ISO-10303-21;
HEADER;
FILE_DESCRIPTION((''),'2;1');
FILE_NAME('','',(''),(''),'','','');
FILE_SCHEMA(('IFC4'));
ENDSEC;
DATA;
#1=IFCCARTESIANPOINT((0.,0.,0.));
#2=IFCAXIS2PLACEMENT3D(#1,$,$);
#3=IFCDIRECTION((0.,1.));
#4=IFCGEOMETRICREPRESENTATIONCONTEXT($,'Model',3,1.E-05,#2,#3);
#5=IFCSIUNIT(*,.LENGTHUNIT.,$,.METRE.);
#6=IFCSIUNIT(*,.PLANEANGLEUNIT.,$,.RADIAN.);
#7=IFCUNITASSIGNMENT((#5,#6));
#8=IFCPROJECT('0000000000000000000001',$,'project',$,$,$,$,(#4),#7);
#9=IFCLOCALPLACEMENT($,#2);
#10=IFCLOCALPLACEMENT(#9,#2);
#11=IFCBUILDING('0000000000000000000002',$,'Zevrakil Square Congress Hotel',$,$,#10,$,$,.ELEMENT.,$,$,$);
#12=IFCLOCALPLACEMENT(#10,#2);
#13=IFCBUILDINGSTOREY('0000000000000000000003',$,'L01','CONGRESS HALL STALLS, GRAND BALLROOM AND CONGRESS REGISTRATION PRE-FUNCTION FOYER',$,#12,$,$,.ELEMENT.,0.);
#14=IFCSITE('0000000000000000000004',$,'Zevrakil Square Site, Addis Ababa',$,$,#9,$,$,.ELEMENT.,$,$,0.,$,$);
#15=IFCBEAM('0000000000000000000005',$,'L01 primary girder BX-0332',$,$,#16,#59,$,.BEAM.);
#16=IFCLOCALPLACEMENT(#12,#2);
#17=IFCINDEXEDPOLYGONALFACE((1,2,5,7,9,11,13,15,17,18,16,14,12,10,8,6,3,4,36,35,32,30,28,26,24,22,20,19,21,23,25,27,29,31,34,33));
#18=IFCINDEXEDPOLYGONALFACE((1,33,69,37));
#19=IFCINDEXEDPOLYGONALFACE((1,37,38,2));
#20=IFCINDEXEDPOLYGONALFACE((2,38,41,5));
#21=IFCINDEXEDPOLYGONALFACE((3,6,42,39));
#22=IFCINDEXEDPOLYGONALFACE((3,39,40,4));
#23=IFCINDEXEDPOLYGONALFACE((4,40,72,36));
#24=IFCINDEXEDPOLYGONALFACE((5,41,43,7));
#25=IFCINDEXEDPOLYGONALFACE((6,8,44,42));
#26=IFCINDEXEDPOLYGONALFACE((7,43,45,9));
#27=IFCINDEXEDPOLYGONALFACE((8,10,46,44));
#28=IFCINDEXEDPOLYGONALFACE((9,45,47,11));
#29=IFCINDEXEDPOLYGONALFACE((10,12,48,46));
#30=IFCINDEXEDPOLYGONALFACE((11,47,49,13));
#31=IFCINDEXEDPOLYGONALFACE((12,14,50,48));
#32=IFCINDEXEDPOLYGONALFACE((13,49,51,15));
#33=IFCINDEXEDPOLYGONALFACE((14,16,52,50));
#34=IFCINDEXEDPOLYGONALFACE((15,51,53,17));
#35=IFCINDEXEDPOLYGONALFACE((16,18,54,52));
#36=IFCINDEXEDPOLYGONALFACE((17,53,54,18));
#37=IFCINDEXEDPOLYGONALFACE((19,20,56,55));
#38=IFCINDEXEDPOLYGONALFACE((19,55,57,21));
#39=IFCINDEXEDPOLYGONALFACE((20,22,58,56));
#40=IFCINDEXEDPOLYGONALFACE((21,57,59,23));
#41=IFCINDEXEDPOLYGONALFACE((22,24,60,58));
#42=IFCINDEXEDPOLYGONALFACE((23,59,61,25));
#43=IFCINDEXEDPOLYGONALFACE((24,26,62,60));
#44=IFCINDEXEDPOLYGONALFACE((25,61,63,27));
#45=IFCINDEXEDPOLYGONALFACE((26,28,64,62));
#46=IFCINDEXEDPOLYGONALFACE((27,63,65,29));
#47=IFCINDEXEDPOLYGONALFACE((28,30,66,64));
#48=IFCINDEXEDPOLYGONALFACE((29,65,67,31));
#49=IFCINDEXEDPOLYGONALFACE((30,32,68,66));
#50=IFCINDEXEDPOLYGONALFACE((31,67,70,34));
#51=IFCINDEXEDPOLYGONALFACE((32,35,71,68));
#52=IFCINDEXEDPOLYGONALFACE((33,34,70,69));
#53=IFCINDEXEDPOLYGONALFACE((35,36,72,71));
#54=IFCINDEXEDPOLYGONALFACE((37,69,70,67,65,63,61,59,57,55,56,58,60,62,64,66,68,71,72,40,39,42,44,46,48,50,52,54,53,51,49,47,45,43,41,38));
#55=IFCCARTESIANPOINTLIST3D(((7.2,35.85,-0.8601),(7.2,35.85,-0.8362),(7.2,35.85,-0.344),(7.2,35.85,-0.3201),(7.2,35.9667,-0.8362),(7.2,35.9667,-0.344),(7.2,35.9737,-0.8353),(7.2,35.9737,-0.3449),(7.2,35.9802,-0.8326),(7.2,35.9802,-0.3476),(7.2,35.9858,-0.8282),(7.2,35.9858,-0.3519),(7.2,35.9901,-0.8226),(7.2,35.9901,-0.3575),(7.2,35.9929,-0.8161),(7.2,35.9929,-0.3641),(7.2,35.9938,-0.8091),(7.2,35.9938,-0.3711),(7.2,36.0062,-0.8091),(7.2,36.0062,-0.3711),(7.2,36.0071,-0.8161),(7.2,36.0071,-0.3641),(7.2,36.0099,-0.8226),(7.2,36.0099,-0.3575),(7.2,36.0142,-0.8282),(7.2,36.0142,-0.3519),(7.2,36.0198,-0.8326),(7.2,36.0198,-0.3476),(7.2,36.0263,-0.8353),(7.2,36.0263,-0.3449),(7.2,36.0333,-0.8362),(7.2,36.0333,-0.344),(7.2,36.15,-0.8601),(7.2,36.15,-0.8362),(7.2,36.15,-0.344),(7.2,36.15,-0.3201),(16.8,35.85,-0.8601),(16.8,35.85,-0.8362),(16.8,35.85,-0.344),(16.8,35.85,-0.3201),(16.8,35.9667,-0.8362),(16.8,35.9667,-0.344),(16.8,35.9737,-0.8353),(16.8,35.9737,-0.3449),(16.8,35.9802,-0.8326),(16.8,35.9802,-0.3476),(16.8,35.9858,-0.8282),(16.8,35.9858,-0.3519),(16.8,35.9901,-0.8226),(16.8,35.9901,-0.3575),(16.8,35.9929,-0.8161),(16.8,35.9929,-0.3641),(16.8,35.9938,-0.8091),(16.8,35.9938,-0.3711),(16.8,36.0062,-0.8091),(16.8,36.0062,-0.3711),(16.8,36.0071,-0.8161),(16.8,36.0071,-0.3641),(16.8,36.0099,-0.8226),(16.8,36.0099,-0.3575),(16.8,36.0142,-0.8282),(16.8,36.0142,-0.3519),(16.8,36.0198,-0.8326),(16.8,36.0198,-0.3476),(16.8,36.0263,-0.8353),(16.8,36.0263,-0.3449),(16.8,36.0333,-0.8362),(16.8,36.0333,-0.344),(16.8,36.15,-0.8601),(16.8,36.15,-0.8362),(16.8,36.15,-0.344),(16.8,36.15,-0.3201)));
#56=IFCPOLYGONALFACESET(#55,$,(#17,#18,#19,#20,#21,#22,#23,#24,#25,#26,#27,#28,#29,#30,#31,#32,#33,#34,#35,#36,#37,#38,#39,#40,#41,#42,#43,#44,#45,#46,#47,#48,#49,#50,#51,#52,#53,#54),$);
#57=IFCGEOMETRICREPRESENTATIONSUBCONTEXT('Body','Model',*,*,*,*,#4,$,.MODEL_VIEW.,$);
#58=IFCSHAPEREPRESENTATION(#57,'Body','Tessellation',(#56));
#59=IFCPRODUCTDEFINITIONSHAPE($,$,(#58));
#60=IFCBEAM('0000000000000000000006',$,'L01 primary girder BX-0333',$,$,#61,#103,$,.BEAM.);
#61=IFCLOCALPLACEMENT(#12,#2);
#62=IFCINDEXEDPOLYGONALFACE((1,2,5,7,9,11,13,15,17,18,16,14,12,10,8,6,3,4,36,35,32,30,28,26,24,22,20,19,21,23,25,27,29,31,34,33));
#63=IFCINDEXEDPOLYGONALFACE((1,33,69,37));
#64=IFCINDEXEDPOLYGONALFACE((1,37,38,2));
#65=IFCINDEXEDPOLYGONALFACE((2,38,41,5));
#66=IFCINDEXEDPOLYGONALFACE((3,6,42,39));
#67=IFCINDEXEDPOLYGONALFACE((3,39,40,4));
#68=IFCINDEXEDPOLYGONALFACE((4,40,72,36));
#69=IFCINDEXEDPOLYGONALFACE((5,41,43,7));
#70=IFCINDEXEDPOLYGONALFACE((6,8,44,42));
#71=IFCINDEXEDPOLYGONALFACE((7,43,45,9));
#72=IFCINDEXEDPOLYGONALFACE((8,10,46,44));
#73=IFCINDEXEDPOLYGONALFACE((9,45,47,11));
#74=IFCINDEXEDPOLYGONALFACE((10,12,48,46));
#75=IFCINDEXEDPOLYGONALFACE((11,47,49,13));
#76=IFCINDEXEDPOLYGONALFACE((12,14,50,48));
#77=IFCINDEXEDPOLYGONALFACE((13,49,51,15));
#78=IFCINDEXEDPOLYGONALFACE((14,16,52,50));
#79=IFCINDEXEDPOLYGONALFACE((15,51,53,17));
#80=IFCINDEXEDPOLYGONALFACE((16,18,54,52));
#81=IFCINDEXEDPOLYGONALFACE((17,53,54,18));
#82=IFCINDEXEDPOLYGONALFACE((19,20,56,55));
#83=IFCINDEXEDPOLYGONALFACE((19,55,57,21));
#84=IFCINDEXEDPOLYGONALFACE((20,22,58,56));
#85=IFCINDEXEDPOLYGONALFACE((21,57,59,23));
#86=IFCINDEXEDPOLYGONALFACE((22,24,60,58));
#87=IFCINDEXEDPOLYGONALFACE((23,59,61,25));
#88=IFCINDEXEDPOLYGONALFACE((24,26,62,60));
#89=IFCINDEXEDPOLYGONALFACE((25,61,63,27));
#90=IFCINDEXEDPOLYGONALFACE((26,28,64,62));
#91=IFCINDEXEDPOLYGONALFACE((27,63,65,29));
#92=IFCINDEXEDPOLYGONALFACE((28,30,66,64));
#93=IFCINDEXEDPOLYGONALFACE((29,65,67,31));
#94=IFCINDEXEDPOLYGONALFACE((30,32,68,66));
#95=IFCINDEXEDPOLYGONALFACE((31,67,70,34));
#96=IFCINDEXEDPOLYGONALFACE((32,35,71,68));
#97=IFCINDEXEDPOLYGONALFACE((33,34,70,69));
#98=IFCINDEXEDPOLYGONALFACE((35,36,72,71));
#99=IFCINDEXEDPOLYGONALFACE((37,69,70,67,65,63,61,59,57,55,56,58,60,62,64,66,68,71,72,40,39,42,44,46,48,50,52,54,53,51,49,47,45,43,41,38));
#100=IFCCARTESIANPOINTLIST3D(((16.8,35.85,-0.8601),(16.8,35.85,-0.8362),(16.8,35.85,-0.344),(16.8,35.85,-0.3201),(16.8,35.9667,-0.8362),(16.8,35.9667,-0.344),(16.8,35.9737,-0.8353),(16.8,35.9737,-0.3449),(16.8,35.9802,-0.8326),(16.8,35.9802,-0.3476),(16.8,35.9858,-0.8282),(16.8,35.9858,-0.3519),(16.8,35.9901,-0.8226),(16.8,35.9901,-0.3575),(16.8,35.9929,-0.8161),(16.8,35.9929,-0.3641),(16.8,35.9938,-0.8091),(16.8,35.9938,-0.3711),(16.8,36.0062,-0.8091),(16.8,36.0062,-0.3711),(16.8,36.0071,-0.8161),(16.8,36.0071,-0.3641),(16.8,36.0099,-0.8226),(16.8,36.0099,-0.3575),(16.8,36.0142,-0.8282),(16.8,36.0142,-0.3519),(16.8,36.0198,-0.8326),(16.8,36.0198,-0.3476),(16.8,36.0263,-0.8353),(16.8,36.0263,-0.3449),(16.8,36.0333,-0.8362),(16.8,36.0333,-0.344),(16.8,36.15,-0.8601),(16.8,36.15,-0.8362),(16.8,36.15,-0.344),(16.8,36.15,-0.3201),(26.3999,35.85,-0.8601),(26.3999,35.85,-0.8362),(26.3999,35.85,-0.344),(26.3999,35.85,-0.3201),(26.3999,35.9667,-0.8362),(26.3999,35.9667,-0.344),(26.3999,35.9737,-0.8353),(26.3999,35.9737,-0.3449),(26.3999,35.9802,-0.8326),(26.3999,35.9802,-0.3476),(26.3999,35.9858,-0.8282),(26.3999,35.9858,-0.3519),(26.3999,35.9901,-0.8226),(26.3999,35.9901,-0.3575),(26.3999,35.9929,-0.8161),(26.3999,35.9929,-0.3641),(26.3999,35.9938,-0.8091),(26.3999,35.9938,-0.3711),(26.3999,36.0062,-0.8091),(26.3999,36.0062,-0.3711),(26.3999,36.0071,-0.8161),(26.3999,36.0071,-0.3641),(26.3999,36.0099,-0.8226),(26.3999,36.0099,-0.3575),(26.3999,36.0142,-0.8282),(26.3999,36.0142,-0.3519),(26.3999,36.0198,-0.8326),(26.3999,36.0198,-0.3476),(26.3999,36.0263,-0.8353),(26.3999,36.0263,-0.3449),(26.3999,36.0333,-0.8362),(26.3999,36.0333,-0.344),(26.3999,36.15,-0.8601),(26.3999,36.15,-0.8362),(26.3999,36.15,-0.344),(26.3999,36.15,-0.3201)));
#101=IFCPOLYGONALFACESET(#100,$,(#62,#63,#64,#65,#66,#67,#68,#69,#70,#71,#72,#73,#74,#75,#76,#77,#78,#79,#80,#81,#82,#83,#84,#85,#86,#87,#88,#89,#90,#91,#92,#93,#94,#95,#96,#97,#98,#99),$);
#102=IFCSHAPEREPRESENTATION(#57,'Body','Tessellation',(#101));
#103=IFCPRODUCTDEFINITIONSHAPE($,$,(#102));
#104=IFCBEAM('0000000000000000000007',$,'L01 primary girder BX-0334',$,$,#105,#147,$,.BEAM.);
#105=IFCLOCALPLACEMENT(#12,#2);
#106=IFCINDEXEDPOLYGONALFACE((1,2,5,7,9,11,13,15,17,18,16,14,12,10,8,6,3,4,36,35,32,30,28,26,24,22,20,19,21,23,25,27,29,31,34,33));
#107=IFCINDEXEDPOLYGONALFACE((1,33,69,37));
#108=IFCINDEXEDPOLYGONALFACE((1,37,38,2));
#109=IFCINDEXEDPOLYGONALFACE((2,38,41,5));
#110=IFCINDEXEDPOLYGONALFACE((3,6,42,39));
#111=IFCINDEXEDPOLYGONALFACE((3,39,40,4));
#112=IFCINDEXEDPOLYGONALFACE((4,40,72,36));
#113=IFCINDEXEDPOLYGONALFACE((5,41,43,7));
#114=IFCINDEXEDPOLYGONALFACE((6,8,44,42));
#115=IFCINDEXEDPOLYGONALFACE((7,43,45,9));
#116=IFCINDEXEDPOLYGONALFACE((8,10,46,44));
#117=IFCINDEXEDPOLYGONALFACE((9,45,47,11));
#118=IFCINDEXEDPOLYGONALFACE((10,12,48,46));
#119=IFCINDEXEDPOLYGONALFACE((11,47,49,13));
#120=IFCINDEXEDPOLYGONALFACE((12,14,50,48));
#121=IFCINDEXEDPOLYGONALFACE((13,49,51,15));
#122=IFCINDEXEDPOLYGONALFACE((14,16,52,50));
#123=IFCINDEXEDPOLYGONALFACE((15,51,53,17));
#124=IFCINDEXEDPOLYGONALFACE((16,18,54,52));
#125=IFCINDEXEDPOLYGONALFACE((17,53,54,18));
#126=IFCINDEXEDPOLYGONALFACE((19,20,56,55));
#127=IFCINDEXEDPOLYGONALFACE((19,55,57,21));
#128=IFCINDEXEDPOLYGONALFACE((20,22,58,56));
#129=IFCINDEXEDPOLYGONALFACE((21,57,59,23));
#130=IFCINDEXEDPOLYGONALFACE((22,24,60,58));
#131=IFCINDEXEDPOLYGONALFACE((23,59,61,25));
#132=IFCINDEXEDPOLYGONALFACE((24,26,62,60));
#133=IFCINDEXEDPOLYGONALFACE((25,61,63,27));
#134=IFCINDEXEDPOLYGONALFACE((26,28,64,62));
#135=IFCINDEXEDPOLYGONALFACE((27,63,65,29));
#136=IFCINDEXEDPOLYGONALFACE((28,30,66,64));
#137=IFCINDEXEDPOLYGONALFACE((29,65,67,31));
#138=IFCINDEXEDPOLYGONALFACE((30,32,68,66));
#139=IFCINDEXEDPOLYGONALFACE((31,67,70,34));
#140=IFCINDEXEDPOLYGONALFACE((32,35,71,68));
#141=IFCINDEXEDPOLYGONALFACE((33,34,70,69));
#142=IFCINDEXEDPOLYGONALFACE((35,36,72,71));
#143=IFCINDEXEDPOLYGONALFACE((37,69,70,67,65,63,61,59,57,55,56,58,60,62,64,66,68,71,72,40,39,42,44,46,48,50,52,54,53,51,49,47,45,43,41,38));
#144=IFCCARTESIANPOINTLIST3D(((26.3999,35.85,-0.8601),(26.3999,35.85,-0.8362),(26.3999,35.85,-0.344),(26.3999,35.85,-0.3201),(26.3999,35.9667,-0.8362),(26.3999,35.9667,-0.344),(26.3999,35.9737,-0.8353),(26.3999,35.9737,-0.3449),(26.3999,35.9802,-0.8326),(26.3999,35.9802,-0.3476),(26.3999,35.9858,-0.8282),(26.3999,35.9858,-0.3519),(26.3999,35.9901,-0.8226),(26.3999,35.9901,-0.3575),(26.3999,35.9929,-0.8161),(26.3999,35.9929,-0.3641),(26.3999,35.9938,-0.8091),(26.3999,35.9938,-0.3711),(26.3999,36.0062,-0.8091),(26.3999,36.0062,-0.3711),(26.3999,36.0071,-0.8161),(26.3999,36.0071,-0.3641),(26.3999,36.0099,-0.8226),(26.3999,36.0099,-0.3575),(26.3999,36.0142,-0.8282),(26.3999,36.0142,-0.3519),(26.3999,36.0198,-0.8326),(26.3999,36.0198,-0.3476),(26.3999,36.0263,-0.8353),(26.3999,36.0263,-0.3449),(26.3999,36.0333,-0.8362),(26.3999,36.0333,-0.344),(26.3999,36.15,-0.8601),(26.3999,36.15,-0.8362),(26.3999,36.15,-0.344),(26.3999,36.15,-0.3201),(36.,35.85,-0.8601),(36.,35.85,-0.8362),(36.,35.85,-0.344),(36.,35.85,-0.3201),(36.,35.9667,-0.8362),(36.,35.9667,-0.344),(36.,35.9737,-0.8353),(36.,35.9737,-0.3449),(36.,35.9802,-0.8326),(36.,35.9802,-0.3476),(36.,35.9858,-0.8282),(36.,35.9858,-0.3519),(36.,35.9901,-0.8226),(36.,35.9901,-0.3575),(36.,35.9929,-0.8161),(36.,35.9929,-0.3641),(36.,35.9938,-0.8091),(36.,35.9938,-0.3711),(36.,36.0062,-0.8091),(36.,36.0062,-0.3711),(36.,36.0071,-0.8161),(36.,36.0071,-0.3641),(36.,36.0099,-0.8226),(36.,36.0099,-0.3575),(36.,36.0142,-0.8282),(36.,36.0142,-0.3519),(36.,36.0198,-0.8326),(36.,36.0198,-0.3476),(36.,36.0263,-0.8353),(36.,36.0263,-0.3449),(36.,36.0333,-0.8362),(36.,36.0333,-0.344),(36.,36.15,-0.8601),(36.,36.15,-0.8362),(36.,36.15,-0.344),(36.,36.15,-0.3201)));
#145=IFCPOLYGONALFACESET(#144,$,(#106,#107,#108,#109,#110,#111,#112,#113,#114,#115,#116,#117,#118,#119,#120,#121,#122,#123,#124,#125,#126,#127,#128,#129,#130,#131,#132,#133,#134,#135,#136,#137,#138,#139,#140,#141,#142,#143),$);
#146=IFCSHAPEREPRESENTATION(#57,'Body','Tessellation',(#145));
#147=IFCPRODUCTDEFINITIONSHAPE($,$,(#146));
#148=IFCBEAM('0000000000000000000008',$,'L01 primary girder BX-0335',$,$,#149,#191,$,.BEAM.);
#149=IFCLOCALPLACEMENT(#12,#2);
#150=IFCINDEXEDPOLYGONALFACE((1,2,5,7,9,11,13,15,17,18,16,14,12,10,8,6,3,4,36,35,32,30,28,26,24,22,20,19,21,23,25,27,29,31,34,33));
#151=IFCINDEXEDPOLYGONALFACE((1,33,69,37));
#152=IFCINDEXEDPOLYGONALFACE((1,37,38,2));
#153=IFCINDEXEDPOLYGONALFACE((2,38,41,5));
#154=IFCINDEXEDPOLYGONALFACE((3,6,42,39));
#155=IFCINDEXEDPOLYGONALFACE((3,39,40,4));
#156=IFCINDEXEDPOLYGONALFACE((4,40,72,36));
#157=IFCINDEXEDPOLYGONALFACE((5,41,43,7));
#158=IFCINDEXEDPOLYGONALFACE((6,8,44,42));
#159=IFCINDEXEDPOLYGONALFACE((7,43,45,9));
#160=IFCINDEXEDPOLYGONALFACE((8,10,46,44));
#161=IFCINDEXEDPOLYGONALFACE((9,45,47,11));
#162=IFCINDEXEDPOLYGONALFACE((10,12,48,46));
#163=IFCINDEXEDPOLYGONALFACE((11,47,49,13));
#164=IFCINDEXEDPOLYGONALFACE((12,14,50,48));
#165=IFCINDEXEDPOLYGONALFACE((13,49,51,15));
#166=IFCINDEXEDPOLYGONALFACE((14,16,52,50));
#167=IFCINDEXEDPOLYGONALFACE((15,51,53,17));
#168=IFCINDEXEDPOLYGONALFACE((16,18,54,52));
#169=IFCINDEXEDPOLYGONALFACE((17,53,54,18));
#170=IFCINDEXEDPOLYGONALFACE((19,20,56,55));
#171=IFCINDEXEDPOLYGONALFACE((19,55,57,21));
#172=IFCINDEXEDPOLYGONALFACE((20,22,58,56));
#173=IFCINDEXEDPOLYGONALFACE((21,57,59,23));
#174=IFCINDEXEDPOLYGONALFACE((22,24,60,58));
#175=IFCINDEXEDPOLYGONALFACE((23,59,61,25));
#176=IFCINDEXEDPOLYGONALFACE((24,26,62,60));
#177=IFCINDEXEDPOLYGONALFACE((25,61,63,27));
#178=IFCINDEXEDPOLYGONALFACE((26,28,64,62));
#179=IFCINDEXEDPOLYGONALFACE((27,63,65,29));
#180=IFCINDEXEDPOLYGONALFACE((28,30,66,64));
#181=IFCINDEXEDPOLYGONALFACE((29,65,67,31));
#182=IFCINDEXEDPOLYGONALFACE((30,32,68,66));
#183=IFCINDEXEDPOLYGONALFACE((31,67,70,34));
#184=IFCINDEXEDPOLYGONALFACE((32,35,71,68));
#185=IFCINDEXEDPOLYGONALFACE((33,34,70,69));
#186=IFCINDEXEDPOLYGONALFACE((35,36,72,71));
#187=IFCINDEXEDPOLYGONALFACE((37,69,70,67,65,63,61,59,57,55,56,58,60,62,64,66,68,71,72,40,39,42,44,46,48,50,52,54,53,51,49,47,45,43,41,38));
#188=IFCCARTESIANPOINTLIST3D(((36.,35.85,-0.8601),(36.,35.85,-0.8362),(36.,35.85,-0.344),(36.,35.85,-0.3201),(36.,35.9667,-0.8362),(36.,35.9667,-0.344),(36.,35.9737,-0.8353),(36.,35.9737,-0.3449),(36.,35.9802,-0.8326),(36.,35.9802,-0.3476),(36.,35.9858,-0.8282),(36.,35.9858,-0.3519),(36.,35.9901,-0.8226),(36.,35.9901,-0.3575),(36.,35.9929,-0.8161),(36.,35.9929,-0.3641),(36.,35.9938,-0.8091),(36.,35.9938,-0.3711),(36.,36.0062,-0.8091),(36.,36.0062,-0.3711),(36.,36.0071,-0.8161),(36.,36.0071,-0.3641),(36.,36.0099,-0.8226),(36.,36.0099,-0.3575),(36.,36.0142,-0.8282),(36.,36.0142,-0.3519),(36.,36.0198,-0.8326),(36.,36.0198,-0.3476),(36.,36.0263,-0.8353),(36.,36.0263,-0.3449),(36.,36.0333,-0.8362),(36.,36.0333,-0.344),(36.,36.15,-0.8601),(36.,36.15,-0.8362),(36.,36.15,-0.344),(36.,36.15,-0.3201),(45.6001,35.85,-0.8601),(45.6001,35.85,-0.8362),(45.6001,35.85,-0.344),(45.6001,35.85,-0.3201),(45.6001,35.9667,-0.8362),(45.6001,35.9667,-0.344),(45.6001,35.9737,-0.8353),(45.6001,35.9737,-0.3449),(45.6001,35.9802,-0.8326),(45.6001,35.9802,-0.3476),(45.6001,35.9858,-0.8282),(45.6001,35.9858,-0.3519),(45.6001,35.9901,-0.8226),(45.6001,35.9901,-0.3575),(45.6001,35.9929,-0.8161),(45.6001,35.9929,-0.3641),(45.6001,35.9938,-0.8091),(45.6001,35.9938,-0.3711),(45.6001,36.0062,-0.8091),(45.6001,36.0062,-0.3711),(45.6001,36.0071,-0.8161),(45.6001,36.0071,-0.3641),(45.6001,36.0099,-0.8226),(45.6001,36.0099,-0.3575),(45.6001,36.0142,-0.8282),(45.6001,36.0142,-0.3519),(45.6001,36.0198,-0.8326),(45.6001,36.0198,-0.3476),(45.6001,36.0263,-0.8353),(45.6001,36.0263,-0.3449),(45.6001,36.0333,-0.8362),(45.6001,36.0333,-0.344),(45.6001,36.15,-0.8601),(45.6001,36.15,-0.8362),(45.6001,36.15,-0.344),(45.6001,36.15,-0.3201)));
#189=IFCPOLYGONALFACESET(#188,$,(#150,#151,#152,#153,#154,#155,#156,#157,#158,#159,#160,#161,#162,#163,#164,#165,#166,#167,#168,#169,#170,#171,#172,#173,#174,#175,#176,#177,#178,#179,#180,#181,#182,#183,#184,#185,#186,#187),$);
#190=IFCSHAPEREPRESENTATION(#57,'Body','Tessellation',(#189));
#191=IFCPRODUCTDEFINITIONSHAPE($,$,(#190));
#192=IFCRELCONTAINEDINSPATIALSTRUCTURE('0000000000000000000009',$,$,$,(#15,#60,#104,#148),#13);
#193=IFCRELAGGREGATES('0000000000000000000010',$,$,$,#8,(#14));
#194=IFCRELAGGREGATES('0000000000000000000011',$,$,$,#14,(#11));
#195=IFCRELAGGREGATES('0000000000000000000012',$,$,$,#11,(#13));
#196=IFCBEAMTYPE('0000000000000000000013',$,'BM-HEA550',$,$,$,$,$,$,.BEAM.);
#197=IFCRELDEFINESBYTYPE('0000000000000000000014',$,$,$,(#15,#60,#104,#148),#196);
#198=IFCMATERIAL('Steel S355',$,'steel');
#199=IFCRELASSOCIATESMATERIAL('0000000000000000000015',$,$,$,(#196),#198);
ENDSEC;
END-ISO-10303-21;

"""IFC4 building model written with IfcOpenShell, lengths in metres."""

from ifc_helpers import new_model, si_unit, direction, frame, origin, origin_2d, place, context, subcontext, project, spatial, i_section, extrude, material, material_profile, profile_set, type_object, element, save


model = new_model("IFC4")

# Units and contexts
model_context = context("Model", 3, precision=1e-05, world=origin(), true_north=direction((0.0, 1.0)))
body_context = subcontext(model_context, "Body", "Model", "MODEL_VIEW")
ifc_project = project(units=[si_unit("LENGTHUNIT", "METRE"), si_unit("PLANEANGLEUNIT", "RADIAN")], contexts=[model_context])

# Site, building, storey
site_placement = place(None, origin())
site = spatial("IfcSite", under=ifc_project, at=site_placement, Name="Zevrakil Square Site, Addis Ababa", CompositionType="ELEMENT", RefElevation=0.0)
building_placement = place(site_placement, origin())
building = spatial("IfcBuilding", under=site, at=building_placement, Name="Zevrakil Square Congress Hotel", CompositionType="ELEMENT")
storey_placement = place(building_placement, origin())
storey = spatial("IfcBuildingStorey", under=building, at=storey_placement, Name="L01", Description="CONGRESS HALL STALLS, GRAND BALLROOM AND CONGRESS REGISTRATION PRE-FUNCTION FOYER", CompositionType="ELEMENT", Elevation=0.0)

# Beams
ifc_material_1 = material(Name="Steel S355", Category="steel")
ifc_material_profile_1 = material_profile(ifc_material_1, i_section(OverallWidth=0.3, OverallDepth=0.54, WebThickness=0.0125, FlangeThickness=0.0239, FilletRadius=0.0271, at=origin_2d()), Name="HEA 550")
ifc_profile_set_1 = profile_set([ifc_material_profile_1], Name="Steel S355")
beam_type_1 = type_object("IfcBeamType", Name="BM-HEA550", PredefinedType="BEAM", material=ifc_profile_set_1)
for number, where, z_axis, x_axis, name in (
    (1, (7.2, 36.0, -0.5901), (1.0, 0.0, 0.0), (0.0, 1.0, 0.0), "L01 primary girder BX-0332"),
):
    element("IfcBeam", number, at=place(storey_placement, frame(where, z_axis=z_axis, x_axis=x_axis)), inside=storey, type_object=beam_type_1, Name=name, PredefinedType="BEAM", context=body_context, shape_type="SweptSolid", body=[
        extrude(i_section(OverallWidth=0.3, OverallDepth=0.54, WebThickness=0.0125, FlangeThickness=0.0239, FilletRadius=0.0271, at=origin_2d()), origin(), (0.0, 0.0, 1.0), 9.6001),
    ])
beam_1_placement = place(storey_placement, frame((16.8, 36.0, -0.5901), z_axis=(1.0, 0.0, 0.0), x_axis=(0.0, 1.0, 0.0)))
element("IfcBeam", 2, at=beam_1_placement, inside=storey, type_object=beam_type_1, Name="L01 primary girder BX-0333", PredefinedType="BEAM", context=body_context, shape_type="SweptSolid", body=[
    extrude(i_section(OverallWidth=0.3, OverallDepth=0.54, WebThickness=0.0125, FlangeThickness=0.0239, FilletRadius=0.0271, at=origin_2d()), origin(), (0.0, 0.0, 1.0), 9.5999),
])
for number, where, z_axis, x_axis, name in (
    (3, (26.3999, 36.0, -0.5901), (1.0, 0.0, 0.0), (0.0, 1.0, 0.0), "L01 primary girder BX-0334"),
    (4, (36.0, 36.0, -0.5901), (1.0, 0.0, 0.0), (0.0, 1.0, 0.0), "L01 primary girder BX-0335"),
):
    element("IfcBeam", number, at=place(storey_placement, frame(where, z_axis=z_axis, x_axis=x_axis)), inside=storey, type_object=beam_type_1, Name=name, PredefinedType="BEAM", context=body_context, shape_type="SweptSolid", body=[
        extrude(i_section(OverallWidth=0.3, OverallDepth=0.54, WebThickness=0.0125, FlangeThickness=0.0239, FilletRadius=0.0271, at=origin_2d()), origin(), (0.0, 0.0, 1.0), 9.6001),
    ])

save(model, "model.ifc")
